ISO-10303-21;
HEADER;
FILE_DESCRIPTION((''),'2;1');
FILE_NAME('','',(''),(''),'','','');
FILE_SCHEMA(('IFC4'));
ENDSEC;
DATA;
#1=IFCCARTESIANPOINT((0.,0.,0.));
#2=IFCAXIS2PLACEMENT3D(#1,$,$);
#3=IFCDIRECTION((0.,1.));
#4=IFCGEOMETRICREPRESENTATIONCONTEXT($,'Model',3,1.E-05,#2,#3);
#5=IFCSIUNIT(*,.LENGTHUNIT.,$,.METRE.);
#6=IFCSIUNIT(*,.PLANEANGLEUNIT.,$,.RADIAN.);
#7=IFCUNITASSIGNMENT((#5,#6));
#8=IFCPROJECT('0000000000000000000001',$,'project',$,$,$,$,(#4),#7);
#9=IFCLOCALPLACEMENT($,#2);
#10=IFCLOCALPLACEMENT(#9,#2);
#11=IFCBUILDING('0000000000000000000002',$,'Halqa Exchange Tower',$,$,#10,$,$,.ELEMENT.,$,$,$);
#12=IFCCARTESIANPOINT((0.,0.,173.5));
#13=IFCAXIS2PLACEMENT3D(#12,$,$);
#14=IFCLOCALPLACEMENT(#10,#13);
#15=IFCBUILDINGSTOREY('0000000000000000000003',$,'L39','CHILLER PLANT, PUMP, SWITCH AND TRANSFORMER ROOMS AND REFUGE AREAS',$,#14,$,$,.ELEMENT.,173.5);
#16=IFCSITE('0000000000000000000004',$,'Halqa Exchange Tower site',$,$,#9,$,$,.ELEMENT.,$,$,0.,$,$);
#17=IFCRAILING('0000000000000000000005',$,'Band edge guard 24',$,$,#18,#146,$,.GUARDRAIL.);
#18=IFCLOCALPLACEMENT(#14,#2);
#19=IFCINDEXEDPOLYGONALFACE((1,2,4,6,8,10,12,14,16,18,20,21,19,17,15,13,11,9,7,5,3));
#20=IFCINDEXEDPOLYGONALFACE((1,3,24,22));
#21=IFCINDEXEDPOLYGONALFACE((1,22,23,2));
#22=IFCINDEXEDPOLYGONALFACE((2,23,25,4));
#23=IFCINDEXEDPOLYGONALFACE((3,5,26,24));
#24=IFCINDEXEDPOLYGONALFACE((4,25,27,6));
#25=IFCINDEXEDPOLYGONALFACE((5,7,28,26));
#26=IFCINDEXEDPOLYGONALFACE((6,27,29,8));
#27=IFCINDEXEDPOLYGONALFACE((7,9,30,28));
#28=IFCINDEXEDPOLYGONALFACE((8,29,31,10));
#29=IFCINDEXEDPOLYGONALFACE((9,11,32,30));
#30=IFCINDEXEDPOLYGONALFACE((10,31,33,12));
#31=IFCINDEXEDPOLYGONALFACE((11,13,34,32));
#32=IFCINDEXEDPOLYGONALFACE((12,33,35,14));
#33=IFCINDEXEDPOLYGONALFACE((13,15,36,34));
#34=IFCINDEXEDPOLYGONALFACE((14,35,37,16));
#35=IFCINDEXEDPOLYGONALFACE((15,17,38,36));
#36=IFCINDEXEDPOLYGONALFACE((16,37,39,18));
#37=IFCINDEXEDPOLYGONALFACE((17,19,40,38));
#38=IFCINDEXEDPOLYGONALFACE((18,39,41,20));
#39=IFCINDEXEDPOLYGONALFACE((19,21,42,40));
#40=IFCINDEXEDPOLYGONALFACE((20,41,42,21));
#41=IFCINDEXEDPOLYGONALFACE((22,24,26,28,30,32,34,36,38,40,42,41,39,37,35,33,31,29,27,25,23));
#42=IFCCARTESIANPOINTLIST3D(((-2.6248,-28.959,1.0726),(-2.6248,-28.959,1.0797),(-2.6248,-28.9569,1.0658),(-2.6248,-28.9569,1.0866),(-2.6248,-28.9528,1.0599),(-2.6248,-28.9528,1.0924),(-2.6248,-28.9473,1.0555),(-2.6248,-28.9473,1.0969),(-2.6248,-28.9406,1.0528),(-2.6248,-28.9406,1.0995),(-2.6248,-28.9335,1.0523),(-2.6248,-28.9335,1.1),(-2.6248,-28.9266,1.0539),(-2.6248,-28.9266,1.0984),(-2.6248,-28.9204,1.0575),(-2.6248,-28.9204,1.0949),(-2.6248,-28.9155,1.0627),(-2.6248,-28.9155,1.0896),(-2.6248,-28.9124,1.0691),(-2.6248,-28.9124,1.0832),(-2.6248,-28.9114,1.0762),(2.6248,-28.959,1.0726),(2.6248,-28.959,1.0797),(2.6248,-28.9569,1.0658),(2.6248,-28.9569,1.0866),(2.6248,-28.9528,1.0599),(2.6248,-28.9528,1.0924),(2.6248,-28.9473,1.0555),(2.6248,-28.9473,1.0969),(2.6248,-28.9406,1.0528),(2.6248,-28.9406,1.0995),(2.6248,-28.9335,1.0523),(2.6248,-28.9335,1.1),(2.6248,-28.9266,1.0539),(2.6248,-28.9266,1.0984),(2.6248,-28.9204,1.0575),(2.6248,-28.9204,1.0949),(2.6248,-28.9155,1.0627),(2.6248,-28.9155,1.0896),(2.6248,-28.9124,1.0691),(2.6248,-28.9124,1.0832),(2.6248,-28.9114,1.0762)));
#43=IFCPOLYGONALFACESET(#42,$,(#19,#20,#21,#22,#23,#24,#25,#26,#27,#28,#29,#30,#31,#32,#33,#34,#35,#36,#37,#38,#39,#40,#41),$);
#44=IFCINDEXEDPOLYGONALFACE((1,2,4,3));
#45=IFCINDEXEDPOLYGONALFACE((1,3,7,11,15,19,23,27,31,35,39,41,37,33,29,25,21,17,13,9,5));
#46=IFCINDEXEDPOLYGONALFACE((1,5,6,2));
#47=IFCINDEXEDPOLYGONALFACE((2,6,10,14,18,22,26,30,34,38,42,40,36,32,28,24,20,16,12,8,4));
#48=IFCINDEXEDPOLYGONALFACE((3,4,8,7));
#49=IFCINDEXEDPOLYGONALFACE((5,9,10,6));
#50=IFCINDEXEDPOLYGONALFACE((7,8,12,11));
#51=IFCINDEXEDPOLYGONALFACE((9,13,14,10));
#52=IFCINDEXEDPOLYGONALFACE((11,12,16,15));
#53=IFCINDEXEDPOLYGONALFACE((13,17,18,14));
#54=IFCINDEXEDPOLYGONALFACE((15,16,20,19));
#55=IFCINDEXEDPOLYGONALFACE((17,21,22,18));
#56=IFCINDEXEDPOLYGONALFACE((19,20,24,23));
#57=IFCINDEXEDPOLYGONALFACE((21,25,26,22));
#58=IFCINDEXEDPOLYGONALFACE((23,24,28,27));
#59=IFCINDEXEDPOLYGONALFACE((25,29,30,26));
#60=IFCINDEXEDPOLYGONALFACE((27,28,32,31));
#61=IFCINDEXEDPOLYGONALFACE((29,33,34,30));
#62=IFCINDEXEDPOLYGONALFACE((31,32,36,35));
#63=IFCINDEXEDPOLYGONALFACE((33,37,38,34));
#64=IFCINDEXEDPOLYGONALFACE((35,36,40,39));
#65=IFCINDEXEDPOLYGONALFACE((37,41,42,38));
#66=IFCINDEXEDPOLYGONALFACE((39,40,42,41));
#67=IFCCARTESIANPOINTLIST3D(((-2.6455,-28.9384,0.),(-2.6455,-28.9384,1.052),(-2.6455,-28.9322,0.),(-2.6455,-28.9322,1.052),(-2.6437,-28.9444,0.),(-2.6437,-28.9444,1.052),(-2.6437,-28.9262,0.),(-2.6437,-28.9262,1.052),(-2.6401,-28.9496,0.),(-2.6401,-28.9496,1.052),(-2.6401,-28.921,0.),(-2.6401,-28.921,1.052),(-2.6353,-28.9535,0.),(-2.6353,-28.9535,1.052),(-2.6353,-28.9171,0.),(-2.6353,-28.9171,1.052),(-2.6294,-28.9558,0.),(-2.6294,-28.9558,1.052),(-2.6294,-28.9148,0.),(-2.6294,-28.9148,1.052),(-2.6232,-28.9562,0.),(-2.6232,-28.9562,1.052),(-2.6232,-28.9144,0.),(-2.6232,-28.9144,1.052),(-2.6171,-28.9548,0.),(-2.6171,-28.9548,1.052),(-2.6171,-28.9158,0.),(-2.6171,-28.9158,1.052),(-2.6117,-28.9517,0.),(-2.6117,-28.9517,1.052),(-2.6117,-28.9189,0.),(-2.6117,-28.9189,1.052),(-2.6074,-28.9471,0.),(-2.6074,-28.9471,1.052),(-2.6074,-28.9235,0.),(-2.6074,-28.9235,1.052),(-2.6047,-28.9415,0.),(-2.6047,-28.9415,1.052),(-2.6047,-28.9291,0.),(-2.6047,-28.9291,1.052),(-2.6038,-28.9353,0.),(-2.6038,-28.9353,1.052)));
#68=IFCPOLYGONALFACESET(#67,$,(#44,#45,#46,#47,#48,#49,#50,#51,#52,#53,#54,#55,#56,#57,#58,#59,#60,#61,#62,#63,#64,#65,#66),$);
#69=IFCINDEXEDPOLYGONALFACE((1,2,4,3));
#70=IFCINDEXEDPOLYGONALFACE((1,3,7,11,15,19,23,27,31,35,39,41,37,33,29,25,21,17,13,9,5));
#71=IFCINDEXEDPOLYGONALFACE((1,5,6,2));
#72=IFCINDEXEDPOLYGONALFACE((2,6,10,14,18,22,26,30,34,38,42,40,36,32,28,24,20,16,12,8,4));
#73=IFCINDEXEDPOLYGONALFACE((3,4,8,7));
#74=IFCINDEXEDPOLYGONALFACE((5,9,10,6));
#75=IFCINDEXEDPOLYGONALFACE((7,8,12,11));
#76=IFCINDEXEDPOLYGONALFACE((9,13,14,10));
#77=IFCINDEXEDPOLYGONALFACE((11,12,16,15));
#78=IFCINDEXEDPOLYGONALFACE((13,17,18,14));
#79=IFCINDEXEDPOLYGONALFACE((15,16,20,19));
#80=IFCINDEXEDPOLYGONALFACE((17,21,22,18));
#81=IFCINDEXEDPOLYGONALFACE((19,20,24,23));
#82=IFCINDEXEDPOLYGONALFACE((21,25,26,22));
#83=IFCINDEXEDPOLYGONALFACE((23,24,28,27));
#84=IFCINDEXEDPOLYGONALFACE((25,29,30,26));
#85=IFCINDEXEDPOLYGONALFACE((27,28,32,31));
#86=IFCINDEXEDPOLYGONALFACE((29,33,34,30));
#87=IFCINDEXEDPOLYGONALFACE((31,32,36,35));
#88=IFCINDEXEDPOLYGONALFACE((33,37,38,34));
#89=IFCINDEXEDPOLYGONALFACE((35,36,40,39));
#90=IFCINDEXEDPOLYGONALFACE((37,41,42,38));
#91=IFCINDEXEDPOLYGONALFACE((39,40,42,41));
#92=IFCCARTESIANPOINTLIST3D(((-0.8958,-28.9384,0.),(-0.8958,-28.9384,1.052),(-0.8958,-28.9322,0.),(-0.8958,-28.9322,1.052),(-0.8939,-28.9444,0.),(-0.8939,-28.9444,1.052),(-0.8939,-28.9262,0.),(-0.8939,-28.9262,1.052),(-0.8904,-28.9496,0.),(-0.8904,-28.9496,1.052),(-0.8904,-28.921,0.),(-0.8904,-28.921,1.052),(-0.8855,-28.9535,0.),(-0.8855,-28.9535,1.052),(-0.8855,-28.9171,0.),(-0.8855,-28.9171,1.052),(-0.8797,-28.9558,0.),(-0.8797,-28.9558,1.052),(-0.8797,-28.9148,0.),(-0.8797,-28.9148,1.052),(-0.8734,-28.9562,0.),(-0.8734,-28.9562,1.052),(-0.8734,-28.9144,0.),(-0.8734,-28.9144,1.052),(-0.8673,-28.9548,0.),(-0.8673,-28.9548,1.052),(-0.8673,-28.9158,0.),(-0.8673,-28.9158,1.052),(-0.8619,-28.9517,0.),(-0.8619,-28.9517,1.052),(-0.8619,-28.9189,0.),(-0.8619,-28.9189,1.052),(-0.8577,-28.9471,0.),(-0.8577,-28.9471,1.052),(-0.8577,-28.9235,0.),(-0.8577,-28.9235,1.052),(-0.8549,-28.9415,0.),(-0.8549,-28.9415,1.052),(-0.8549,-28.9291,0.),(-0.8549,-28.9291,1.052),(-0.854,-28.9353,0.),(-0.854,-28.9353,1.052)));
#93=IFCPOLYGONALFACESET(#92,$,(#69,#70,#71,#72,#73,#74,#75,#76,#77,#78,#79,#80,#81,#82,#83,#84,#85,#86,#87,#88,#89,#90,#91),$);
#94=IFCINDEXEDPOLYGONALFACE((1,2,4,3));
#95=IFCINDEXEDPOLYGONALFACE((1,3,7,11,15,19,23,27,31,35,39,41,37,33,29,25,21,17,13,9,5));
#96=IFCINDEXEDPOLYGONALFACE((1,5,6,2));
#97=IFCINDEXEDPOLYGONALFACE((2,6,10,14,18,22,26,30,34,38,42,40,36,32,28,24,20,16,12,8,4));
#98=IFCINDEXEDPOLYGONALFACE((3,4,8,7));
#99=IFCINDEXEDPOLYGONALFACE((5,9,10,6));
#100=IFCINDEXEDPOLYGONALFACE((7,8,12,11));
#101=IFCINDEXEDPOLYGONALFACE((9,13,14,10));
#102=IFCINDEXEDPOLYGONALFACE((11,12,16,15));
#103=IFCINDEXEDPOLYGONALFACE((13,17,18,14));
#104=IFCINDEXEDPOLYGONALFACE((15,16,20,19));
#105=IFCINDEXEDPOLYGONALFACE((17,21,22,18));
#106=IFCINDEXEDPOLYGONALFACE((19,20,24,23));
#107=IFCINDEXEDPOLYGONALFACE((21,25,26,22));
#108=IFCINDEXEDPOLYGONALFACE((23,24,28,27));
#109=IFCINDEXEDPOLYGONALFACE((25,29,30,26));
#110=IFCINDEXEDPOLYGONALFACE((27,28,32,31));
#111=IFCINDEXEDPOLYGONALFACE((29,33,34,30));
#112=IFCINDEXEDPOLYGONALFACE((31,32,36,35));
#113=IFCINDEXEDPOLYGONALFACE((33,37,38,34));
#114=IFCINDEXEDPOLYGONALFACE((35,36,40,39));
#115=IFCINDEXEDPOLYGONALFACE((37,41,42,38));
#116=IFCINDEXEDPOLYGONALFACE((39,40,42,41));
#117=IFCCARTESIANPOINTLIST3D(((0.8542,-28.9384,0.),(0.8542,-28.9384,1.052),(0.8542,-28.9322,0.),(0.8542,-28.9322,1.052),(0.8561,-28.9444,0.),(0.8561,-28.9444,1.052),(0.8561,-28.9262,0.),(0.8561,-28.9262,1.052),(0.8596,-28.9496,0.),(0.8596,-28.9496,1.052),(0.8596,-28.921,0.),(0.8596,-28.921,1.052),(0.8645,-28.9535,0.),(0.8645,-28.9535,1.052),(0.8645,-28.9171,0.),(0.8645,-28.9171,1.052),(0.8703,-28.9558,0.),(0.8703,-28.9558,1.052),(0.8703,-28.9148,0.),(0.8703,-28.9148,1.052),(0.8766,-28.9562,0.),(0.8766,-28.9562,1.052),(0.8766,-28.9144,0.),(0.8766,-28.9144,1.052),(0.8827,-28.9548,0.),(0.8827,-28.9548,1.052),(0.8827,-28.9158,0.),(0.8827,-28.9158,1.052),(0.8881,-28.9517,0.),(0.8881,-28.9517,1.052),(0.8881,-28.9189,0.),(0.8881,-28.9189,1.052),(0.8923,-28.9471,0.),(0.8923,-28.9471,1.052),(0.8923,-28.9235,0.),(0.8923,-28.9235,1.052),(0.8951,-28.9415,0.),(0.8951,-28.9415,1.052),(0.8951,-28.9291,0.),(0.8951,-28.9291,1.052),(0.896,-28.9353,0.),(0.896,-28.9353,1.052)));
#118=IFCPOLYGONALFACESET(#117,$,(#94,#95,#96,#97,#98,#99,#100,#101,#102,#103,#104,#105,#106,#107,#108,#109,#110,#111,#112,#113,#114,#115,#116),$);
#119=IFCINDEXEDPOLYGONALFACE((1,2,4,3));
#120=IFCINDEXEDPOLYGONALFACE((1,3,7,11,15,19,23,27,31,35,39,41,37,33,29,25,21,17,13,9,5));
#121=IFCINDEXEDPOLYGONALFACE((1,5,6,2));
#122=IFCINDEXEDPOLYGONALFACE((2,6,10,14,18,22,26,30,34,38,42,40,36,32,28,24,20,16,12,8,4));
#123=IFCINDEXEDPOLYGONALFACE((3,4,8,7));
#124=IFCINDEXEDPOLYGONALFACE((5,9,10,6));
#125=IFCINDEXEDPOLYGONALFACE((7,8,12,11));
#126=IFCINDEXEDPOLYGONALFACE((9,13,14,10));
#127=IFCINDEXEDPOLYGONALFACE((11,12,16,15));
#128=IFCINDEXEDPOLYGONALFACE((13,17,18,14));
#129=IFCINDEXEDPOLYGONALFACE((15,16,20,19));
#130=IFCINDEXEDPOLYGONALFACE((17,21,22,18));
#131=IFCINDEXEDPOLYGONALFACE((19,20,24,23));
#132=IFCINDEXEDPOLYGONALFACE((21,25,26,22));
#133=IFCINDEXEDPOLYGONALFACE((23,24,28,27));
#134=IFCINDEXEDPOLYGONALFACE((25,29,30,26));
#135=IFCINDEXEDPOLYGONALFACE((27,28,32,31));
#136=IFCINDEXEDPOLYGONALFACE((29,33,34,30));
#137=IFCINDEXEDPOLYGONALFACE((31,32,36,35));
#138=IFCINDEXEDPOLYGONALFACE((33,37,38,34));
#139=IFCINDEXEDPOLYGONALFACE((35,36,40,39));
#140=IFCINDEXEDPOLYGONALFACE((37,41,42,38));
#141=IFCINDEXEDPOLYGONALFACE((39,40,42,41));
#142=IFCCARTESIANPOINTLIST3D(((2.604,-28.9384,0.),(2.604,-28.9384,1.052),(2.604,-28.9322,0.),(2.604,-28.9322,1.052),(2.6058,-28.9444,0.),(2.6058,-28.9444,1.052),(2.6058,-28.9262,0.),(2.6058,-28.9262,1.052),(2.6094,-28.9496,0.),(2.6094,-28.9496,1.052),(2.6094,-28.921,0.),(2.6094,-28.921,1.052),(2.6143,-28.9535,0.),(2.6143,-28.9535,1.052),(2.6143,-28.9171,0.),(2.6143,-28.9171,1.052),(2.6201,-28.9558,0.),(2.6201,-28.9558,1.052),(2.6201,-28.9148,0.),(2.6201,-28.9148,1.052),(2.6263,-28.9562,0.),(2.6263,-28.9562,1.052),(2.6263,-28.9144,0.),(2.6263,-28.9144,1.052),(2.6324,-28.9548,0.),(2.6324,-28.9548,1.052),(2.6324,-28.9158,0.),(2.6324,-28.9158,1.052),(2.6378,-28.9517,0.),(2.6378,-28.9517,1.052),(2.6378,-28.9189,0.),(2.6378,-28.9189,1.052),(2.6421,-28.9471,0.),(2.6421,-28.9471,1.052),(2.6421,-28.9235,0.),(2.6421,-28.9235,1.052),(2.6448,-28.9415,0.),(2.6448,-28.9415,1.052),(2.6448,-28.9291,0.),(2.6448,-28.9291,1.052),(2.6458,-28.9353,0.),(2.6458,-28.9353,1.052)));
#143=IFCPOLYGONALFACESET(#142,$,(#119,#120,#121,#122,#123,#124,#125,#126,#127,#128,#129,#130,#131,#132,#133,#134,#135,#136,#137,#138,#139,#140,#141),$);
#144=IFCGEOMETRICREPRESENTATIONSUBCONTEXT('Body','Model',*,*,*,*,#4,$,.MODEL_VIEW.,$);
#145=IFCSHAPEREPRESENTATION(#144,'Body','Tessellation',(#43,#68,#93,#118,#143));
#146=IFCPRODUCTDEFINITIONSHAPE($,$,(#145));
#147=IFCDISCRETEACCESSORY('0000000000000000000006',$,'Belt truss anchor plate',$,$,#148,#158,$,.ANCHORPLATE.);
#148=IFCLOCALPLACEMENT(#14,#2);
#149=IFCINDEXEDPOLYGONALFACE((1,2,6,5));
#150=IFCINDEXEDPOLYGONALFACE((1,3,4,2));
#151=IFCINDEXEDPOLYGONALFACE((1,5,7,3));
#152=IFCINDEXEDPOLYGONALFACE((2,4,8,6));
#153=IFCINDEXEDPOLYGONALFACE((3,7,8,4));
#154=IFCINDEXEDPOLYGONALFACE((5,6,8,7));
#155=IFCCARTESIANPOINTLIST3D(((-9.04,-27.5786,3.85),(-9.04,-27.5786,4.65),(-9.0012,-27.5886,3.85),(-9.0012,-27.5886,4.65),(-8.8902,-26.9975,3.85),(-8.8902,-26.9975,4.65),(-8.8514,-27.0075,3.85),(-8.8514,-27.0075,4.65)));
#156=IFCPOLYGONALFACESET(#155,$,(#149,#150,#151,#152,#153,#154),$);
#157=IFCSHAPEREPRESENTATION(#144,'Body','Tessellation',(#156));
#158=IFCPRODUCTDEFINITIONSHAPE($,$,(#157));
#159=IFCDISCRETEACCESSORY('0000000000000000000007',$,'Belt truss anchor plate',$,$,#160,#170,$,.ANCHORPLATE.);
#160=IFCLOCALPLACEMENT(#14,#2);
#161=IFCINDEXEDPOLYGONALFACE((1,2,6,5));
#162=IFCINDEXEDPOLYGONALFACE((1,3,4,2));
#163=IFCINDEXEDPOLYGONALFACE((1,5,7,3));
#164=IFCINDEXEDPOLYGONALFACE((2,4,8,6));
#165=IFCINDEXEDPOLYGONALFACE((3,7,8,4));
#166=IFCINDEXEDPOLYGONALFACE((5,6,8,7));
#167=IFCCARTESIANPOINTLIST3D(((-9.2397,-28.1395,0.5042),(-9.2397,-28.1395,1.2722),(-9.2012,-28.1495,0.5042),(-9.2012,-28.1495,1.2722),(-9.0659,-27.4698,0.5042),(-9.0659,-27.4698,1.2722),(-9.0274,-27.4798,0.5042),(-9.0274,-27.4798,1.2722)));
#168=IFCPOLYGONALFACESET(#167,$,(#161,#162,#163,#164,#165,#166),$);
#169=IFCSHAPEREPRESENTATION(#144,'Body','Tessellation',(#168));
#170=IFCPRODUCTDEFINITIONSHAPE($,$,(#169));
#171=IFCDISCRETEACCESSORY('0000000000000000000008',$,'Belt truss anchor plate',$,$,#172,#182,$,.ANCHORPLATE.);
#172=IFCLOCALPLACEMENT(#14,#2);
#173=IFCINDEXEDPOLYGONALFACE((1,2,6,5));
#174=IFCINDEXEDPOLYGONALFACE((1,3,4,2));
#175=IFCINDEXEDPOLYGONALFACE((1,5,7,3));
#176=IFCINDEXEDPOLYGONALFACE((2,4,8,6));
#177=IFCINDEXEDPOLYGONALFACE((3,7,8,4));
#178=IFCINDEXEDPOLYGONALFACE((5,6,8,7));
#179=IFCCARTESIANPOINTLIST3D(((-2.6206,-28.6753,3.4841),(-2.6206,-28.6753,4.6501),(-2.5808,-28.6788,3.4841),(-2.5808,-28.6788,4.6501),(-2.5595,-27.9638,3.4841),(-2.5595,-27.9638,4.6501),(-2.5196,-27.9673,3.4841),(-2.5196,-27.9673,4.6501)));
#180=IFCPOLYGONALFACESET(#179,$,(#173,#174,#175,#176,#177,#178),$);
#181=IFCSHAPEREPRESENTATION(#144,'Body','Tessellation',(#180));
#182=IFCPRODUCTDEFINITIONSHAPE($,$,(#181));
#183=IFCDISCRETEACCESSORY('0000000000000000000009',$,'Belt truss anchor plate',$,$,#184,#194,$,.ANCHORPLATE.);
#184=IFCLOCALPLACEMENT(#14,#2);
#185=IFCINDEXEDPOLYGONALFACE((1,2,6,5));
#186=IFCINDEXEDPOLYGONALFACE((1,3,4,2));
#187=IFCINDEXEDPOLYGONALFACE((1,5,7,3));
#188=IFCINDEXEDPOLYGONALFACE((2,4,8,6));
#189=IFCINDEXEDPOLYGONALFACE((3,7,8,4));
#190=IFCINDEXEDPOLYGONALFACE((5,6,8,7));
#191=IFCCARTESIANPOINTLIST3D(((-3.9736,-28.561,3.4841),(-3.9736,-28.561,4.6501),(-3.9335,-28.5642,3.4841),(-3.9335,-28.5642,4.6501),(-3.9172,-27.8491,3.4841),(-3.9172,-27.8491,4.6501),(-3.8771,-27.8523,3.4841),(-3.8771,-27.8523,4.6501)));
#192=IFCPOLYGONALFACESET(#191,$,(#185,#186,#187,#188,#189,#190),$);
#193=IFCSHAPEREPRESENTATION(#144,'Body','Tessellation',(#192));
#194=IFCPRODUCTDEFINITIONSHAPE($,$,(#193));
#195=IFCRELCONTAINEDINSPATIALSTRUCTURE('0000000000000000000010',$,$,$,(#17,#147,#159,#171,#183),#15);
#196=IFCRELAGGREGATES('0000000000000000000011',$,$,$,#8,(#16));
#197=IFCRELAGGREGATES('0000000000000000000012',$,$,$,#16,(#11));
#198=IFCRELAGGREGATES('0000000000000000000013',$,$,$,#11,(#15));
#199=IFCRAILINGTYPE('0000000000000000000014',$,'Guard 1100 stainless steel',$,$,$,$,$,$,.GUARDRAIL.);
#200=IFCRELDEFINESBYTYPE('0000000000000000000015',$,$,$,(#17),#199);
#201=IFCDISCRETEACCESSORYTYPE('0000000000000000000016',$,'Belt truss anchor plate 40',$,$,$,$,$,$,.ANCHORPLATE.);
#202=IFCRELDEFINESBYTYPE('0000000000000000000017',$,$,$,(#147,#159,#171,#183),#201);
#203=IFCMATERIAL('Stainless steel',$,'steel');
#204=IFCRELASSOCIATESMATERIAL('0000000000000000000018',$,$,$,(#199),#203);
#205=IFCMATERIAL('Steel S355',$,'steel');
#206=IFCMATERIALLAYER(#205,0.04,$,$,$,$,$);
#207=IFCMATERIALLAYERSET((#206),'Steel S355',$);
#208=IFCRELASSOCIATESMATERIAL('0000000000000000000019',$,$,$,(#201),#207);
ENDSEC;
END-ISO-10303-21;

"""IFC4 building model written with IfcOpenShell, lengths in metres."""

from ifc_helpers import new_model, si_unit, direction, frame, origin, origin_2d, place, context, subcontext, project, spatial, rectangle, circle, extrude, material, layer, layer_set, type_object, element, save


model = new_model("IFC4")

# Units and contexts
model_context = context("Model", 3, precision=1e-05, world=origin(), true_north=direction((0.0, 1.0)))
body_context = subcontext(model_context, "Body", "Model", "MODEL_VIEW")
ifc_project = project(units=[si_unit("LENGTHUNIT", "METRE"), si_unit("PLANEANGLEUNIT", "RADIAN")], contexts=[model_context])

# Site, building, storey
site_placement = place(None, origin())
site = spatial("IfcSite", under=ifc_project, at=site_placement, Name="Halqa Exchange Tower site", CompositionType="ELEMENT", RefElevation=0.0)
building_placement = place(site_placement, origin())
building = spatial("IfcBuilding", under=site, at=building_placement, Name="Halqa Exchange Tower", CompositionType="ELEMENT")
storey_placement = place(building_placement, frame((0.0, 0.0, 173.5)))
storey = spatial("IfcBuildingStorey", under=building, at=storey_placement, Name="L39", Description="CHILLER PLANT, PUMP, SWITCH AND TRANSFORMER ROOMS AND REFUGE AREAS", CompositionType="ELEMENT", Elevation=173.5)

# Shared definitions
ifc_material_1 = material(Name="Steel S355", Category="steel")

# Railing
ifc_material_2 = material(Name="Stainless steel", Category="steel")
railing_type = type_object("IfcRailingType", Name="Guard 1100 stainless steel", PredefinedType="GUARDRAIL", material=ifc_material_2)
railing_1_placement = place(storey_placement, frame((-2.6248, -28.9353, 0.0)))
element("IfcRailing", 1, at=railing_1_placement, inside=storey, type_object=railing_type, Name="Band edge guard 24", PredefinedType="GUARDRAIL", context=body_context, shape_type="SweptSolid", body=[
    extrude(circle(Radius=0.0239, at=origin_2d()), frame((0.0, 0.0, 1.0762), z_axis=(1.0, 0.0, 0.0), x_axis=(0.0, 1.0, 0.0)), (0.0, 0.0, 1.0), 5.2495),
    extrude(circle(Radius=0.021, at=origin_2d()), origin(), (0.0, 0.0, 1.0), 1.052),
    extrude(circle(Radius=0.021, at=origin_2d()), frame((1.7498, 0.0, 0.0)), (0.0, 0.0, 1.0), 1.052),
    extrude(circle(Radius=0.021, at=origin_2d()), frame((3.4998, 0.0, 0.0)), (0.0, 0.0, 1.0), 1.052),
    extrude(circle(Radius=0.021, at=origin_2d()), frame((5.2495, 0.0, 0.0)), (0.0, 0.0, 1.0), 1.052),
])

# Discrete accessories
ifc_layer_1 = layer(ifc_material_1, 0.04)
ifc_layer_set_1 = layer_set([ifc_layer_1], Name="Steel S355")
discrete_accessory_type = type_object("IfcDiscreteAccessoryType", Name="Belt truss anchor plate 40", PredefinedType="ANCHORPLATE", material=ifc_layer_set_1)
discrete_accessory_1_placement = place(storey_placement, frame((-8.9651, -27.2881, 4.25), z_axis=(0.968325, -0.249694, 0.0), x_axis=(0.249694, 0.968325, 0.0)))
element("IfcDiscreteAccessory", 2, at=discrete_accessory_1_placement, inside=storey, type_object=discrete_accessory_type, Name="Belt truss anchor plate", PredefinedType="ANCHORPLATE", context=body_context, shape_type="SweptSolid", body=[
    extrude(rectangle(XDim=0.6001, YDim=0.8, at=origin_2d()), origin(), (0.0, 0.0, 1.0), 0.04),
])
discrete_accessory_2_placement = place(storey_placement, frame((-9.1528, -27.8047, 0.8882), z_axis=(0.967942, -0.251175, 0.0), x_axis=(0.251175, 0.967942, 0.0)))
element("IfcDiscreteAccessory", 3, at=discrete_accessory_2_placement, inside=storey, type_object=discrete_accessory_type, Name="Belt truss anchor plate", PredefinedType="ANCHORPLATE", context=body_context, shape_type="SweptSolid", body=[
    extrude(rectangle(XDim=0.6919, YDim=0.7681, at=origin_2d()), origin(), (0.0, 0.0, 1.0), 0.0398),
])
discrete_accessory_3_placement = place(storey_placement, frame((-2.5901, -28.3196, 4.0671), z_axis=(0.996332, -0.085575, 0.0), x_axis=(0.085575, 0.996332, 0.0)))
element("IfcDiscreteAccessory", 4, at=discrete_accessory_3_placement, inside=storey, type_object=discrete_accessory_type, Name="Belt truss anchor plate", PredefinedType="ANCHORPLATE", context=body_context, shape_type="SweptSolid", body=[
    extrude(rectangle(XDim=0.7141, YDim=1.166, at=origin_2d()), origin(), (0.0, 0.0, 1.0), 0.04),
])
discrete_accessory_4_placement = place(storey_placement, frame((-3.9053, -28.2083, 4.0671), z_axis=(-0.996873, 0.07902, 0.0), x_axis=(-0.07902, -0.996873, 0.0)))
element("IfcDiscreteAccessory", 5, at=discrete_accessory_4_placement, inside=storey, type_object=discrete_accessory_type, Name="Belt truss anchor plate", PredefinedType="ANCHORPLATE", context=body_context, shape_type="SweptSolid", body=[
    extrude(rectangle(XDim=0.7141, YDim=1.166, at=origin_2d()), origin(), (0.0, 0.0, 1.0), 0.0403),
])

save(model, "model.ifc")
